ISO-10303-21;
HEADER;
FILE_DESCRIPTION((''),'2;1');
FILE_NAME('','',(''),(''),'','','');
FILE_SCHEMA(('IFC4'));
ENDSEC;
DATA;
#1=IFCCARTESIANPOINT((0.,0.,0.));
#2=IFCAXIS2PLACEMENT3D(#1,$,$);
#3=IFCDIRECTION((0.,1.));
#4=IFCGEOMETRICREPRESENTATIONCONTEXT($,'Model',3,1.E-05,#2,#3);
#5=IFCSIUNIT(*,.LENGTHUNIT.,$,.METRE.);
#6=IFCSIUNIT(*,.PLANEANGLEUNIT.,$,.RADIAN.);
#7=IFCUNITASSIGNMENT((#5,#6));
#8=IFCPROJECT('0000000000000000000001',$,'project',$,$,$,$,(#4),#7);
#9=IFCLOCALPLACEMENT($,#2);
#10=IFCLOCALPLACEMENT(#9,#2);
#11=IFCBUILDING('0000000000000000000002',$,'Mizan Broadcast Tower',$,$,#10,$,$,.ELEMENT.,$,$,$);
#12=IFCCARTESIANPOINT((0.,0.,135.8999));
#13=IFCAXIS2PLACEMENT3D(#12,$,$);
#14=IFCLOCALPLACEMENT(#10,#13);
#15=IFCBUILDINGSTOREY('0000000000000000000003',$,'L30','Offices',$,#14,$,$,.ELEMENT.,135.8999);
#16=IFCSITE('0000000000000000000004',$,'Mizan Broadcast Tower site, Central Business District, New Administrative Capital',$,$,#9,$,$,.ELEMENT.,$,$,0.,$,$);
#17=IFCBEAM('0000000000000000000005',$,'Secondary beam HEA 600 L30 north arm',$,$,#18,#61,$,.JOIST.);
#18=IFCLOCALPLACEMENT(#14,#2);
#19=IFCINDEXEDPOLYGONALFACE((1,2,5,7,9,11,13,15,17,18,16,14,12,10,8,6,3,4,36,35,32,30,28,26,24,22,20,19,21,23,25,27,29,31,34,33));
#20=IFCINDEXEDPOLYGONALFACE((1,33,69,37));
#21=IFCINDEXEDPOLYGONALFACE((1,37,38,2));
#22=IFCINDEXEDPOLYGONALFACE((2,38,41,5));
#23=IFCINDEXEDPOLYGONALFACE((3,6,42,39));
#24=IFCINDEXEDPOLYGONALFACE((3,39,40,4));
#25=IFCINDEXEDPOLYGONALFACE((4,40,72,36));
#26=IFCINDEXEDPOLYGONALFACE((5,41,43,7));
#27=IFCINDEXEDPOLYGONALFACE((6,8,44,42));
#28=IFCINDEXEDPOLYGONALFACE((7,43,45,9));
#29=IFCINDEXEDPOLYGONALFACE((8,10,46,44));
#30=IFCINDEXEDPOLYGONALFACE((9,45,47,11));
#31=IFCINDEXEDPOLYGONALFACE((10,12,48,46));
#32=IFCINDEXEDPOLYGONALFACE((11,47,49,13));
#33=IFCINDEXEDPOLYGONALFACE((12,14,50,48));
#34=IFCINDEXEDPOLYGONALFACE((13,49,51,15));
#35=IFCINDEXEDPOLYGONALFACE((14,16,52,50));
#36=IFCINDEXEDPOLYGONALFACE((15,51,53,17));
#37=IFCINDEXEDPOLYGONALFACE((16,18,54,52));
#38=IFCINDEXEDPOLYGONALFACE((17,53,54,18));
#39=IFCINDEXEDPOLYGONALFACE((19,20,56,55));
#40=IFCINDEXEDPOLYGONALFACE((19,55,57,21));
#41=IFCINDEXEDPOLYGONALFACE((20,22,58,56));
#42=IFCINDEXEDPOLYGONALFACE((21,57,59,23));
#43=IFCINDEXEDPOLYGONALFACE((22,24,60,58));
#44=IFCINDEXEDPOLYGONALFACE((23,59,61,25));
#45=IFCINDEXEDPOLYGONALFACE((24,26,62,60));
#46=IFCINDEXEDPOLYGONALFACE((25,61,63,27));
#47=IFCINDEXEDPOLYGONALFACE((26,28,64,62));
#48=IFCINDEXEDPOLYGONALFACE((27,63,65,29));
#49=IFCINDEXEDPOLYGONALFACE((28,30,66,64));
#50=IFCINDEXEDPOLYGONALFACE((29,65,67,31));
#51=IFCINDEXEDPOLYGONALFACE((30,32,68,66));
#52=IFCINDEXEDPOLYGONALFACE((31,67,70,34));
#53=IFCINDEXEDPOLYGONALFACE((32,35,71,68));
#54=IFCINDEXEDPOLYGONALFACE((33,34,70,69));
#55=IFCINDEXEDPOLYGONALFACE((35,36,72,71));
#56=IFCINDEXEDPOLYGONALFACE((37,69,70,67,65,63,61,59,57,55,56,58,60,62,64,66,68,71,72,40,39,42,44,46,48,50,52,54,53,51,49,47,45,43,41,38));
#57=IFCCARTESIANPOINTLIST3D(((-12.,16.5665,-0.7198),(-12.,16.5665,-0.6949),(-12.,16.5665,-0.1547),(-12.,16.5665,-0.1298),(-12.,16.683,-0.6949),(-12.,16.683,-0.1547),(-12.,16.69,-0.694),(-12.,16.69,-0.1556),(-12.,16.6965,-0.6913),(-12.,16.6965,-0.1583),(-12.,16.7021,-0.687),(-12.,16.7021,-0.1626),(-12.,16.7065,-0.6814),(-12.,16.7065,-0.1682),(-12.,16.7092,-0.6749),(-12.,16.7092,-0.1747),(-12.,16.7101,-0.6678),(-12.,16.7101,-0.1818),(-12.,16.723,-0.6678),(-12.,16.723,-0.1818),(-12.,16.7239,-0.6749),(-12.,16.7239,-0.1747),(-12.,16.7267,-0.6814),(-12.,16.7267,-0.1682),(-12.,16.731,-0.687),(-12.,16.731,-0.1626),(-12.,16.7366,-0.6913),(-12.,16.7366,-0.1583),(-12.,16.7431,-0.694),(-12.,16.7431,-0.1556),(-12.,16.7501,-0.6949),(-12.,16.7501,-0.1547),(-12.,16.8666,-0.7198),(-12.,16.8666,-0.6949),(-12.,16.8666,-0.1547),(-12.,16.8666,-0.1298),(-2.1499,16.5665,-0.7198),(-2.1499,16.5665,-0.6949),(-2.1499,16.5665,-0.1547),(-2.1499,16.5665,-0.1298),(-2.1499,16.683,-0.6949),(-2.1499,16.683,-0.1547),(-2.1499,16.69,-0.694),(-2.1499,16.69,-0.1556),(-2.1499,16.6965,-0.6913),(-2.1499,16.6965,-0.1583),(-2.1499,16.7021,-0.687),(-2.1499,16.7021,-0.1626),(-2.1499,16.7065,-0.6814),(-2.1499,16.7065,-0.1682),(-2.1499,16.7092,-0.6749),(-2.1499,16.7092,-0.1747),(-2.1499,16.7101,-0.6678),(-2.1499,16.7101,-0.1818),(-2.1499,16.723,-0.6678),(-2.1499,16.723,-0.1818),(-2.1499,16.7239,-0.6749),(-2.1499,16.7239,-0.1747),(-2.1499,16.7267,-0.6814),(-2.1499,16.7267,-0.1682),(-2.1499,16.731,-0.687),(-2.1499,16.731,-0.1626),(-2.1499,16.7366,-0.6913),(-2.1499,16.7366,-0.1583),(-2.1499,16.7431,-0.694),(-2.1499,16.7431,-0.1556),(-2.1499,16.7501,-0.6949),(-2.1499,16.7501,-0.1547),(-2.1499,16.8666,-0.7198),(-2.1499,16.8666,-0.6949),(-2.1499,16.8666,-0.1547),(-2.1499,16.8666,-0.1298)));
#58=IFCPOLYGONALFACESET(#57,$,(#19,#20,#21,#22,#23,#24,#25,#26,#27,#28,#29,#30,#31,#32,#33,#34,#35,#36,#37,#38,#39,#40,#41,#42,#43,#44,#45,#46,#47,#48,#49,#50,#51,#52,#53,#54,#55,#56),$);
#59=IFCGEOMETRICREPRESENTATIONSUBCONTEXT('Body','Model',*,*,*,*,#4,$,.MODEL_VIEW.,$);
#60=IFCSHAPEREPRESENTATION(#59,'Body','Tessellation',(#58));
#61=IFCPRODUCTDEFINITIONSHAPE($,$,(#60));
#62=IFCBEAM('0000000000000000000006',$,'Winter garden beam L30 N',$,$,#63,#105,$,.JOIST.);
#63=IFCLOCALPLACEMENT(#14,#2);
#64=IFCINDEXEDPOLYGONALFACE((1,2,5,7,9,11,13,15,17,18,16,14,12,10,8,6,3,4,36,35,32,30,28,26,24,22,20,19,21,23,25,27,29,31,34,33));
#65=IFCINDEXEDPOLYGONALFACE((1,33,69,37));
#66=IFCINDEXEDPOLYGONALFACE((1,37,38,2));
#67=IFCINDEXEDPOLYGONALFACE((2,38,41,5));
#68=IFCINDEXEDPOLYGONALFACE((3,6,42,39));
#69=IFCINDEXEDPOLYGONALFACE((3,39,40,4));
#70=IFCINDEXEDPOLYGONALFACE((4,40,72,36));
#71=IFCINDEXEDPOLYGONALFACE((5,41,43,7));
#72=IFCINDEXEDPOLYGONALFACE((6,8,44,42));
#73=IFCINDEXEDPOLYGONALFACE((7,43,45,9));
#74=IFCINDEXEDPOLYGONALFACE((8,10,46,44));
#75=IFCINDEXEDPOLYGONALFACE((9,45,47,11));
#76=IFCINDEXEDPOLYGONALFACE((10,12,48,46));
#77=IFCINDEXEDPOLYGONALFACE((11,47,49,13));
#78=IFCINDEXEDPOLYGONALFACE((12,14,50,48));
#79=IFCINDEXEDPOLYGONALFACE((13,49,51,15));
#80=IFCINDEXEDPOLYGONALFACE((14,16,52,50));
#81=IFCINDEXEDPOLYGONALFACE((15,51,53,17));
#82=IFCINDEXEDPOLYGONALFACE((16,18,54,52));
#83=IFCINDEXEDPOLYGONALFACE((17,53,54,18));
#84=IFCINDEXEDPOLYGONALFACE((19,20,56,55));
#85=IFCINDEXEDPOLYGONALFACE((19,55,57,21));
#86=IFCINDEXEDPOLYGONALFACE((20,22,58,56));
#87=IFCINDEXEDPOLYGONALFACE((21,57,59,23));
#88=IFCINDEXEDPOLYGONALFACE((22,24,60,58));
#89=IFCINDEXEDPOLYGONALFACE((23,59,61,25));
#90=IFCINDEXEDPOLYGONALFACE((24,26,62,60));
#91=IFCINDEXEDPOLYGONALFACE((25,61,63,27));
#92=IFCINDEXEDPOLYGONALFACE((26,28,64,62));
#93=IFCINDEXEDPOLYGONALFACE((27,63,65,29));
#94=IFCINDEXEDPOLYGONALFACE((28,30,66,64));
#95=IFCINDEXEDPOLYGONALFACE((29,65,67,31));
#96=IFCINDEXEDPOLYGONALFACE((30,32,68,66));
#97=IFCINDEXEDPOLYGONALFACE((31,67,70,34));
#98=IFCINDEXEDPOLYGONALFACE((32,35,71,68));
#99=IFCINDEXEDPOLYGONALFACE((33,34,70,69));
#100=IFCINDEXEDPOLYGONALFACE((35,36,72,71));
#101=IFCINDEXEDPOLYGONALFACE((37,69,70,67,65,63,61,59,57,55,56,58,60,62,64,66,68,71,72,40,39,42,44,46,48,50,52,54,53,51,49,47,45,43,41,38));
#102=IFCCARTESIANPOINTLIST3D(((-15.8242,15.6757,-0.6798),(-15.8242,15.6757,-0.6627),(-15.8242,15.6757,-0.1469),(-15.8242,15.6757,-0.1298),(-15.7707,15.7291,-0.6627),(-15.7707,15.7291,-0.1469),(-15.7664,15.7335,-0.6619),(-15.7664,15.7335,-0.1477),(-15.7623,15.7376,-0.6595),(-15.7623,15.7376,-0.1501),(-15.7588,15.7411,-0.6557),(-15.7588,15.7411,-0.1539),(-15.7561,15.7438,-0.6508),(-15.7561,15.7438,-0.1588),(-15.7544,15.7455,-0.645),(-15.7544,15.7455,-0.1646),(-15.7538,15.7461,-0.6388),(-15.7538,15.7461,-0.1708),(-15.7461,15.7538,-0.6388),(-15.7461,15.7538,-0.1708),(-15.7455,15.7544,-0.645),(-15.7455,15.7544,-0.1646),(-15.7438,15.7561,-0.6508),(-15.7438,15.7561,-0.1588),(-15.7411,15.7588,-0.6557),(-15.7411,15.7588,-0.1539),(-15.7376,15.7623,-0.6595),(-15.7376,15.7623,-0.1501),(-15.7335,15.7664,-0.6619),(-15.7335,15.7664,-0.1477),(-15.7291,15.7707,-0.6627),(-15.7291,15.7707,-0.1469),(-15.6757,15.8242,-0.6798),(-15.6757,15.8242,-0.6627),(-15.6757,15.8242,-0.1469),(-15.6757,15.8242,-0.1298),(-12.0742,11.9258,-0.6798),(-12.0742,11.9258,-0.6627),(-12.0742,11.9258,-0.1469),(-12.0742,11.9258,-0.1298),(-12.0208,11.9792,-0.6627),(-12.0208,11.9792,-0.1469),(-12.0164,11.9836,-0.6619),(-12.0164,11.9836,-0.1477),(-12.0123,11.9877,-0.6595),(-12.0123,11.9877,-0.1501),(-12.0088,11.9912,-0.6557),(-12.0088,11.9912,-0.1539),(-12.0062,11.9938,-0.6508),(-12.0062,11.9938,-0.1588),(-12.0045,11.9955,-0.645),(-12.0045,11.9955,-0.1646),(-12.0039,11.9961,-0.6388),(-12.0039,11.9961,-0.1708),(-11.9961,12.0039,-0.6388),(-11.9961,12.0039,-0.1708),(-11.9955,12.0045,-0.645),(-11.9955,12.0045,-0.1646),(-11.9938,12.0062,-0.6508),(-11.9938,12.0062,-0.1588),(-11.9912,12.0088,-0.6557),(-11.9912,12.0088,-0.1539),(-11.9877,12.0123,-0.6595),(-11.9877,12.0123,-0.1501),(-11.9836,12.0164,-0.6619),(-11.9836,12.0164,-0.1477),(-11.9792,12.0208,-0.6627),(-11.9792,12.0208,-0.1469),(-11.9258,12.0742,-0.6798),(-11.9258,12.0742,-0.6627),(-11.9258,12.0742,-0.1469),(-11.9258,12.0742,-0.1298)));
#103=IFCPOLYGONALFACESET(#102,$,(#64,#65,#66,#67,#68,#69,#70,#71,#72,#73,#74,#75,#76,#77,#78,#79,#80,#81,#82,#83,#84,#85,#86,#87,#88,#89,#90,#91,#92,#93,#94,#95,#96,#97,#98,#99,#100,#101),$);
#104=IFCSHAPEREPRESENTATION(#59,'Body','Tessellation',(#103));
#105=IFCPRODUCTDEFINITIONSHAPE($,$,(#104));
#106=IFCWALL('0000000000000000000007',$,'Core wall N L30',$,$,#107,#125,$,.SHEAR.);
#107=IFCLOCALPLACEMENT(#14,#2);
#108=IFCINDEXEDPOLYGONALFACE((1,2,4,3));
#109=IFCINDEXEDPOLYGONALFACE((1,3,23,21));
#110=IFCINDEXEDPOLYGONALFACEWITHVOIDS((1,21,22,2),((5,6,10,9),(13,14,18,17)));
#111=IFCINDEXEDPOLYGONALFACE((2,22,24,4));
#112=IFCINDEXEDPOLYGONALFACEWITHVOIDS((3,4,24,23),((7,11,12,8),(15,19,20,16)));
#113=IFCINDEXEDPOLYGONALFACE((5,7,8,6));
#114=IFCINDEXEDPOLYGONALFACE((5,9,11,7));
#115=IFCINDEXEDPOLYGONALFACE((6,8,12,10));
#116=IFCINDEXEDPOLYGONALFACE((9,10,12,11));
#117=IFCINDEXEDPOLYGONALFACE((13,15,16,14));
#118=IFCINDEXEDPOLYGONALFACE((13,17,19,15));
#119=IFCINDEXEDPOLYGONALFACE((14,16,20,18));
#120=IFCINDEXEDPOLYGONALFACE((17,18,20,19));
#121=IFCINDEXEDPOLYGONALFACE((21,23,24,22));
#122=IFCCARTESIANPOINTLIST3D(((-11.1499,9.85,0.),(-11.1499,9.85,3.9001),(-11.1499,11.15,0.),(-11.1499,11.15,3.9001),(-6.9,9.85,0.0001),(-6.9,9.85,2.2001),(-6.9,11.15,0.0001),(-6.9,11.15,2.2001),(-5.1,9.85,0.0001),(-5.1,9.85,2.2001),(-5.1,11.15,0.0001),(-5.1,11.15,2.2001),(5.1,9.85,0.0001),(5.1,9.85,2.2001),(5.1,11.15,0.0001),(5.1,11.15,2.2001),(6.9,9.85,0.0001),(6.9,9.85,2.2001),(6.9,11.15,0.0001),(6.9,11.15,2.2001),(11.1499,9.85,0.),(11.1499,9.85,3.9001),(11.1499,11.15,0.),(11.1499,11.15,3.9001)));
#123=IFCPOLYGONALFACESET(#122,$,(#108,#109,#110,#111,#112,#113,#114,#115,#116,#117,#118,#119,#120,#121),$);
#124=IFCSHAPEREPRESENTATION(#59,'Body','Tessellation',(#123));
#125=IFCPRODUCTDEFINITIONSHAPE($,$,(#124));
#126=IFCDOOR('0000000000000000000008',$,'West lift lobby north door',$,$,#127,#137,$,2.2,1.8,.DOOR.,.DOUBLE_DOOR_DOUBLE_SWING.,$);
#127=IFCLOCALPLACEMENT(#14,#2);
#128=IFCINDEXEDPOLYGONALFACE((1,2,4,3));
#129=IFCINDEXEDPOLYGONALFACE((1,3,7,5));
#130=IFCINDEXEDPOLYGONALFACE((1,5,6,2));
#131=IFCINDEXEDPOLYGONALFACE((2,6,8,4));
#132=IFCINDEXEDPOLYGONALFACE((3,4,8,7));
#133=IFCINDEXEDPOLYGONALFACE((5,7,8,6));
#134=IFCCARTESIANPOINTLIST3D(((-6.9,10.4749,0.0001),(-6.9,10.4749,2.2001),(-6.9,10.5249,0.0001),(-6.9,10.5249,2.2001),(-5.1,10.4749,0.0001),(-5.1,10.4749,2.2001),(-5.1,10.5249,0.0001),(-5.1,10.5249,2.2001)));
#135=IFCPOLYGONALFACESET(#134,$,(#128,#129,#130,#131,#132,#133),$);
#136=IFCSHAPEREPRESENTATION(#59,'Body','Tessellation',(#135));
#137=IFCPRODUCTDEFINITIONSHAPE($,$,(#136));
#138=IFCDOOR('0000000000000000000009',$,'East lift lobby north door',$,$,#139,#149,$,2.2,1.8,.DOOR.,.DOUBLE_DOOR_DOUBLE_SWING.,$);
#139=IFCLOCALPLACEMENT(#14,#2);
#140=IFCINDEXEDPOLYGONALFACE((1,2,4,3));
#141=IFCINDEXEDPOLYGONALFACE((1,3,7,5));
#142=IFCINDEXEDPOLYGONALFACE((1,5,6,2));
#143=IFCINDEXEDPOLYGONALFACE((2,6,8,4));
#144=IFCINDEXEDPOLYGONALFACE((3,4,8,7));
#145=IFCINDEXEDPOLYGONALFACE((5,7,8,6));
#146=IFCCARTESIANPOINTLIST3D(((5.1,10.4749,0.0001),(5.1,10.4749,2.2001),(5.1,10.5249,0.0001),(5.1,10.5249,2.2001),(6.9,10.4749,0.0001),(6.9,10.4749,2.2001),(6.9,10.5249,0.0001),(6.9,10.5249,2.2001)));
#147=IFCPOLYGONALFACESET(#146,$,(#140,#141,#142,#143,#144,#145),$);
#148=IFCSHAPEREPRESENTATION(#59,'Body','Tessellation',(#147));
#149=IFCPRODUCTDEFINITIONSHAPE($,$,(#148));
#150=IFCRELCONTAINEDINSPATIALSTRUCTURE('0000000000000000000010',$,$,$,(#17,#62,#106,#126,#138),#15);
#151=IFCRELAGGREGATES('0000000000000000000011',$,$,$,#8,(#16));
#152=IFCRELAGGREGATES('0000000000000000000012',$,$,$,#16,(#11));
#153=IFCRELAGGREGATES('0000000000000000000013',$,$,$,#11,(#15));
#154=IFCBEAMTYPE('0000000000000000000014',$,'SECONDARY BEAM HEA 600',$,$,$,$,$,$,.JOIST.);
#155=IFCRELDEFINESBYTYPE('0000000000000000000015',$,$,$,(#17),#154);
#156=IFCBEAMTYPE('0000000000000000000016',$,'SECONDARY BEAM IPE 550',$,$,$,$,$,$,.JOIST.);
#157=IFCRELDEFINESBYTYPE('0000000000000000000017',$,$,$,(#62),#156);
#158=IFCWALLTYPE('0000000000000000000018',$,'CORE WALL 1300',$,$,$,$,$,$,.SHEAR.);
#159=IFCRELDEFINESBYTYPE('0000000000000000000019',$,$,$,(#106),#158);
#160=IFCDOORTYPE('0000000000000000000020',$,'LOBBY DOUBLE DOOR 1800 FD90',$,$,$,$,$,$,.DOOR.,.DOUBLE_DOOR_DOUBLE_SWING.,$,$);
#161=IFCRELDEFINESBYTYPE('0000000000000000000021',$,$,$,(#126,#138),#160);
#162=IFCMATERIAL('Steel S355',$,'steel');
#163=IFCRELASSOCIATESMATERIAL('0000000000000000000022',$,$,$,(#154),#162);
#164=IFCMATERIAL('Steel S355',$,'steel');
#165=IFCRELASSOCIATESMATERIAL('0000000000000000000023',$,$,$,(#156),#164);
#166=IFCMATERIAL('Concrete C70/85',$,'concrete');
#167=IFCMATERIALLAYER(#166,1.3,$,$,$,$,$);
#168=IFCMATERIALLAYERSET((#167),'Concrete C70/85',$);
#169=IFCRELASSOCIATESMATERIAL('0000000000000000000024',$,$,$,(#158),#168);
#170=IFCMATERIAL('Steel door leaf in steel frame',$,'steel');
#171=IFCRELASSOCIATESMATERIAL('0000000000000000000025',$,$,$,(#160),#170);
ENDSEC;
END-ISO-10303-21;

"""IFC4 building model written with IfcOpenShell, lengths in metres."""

from ifc_helpers import new_model, si_unit, direction, frame, frame_2d, origin, origin_2d, place, context, subcontext, project, spatial, rectangle, i_section, extrude, material, layer, layer_set, material_profile, profile_set, type_object, element, fill, save


model = new_model("IFC4")

# Units and contexts
model_context = context("Model", 3, precision=1e-05, world=origin(), true_north=direction((0.0, 1.0)))
body_context = subcontext(model_context, "Body", "Model", "MODEL_VIEW")
ifc_project = project(units=[si_unit("LENGTHUNIT", "METRE"), si_unit("PLANEANGLEUNIT", "RADIAN")], contexts=[model_context])

# Site, building, storey
site_placement = place(None, origin())
site = spatial("IfcSite", under=ifc_project, at=site_placement, Name="Mizan Broadcast Tower site, Central Business District, New Administrative Capital", CompositionType="ELEMENT", RefElevation=0.0)
building_placement = place(site_placement, origin())
building = spatial("IfcBuilding", under=site, at=building_placement, Name="Mizan Broadcast Tower", CompositionType="ELEMENT")
storey_placement = place(building_placement, frame((0.0, 0.0, 135.8999)))
storey = spatial("IfcBuildingStorey", under=building, at=storey_placement, Name="L30", Description="Offices", CompositionType="ELEMENT", Elevation=135.8999)

# Beams
ifc_material_1 = material(Name="Steel S355", Category="steel")
ifc_material_profile_1 = material_profile(ifc_material_1, i_section(OverallWidth=0.3, OverallDepth=0.5901, WebThickness=0.0129, FlangeThickness=0.0249, FilletRadius=0.0271, at=origin_2d()), Name="HEA 600")
ifc_profile_set_1 = profile_set([ifc_material_profile_1], Name="Steel S355")
beam_type_1 = type_object("IfcBeamType", Name="SECONDARY BEAM HEA 600", PredefinedType="JOIST", material=ifc_profile_set_1)
for number, where, z_axis, x_axis, name in (
    (1, (-12.0, 16.7166, -0.4248), (1.0, 0.0, 0.0), (0.0, 1.0, 0.0), "Secondary beam HEA 600 L30 north arm"),
):
    element("IfcBeam", number, at=place(storey_placement, frame(where, z_axis=z_axis, x_axis=x_axis)), inside=storey, type_object=beam_type_1, Name=name, PredefinedType="JOIST", context=body_context, shape_type="SweptSolid", body=[
        extrude(i_section(OverallWidth=0.3, OverallDepth=0.5901, WebThickness=0.0129, FlangeThickness=0.0249, FilletRadius=0.0271, at=origin_2d()), origin(), (0.0, 0.0, 1.0), 9.8501),
    ])
ifc_material_2 = material(Name="Steel S355", Category="steel")
ifc_material_profile_2 = material_profile(ifc_material_2, i_section(OverallWidth=0.21, OverallDepth=0.55, WebThickness=0.011, FlangeThickness=0.0171, FilletRadius=0.0239, at=origin_2d()), Name="IPE 550")
ifc_profile_set_2 = profile_set([ifc_material_profile_2], Name="Steel S355")
beam_type_2 = type_object("IfcBeamType", Name="SECONDARY BEAM IPE 550", PredefinedType="JOIST", material=ifc_profile_set_2)
beam_1_placement = place(storey_placement, frame((-12.0, 12.0, -0.4048), z_axis=(-0.707107, 0.707107, 0.0), x_axis=(-0.707107, -0.707107, 0.0)))
element("IfcBeam", 2, at=beam_1_placement, inside=storey, type_object=beam_type_2, Name="Winter garden beam L30 N", PredefinedType="JOIST", context=body_context, shape_type="SweptSolid", body=[
    extrude(i_section(OverallWidth=0.21, OverallDepth=0.55, WebThickness=0.011, FlangeThickness=0.0171, FilletRadius=0.0239, at=origin_2d()), origin(), (0.0, 0.0, 1.0), 5.3032),
])

# Wall, openings, doors
ifc_material_3 = material(Name="Concrete C70/85", Category="concrete")
ifc_layer_1 = layer(ifc_material_3, 1.3)
ifc_layer_set_1 = layer_set([ifc_layer_1], Name="Concrete C70/85")
wall_type_1 = type_object("IfcWallType", Name="CORE WALL 1300", PredefinedType="SHEAR", material=ifc_layer_set_1)
wall_1_placement = place(storey_placement, frame((-11.1499, 10.5, 0.0), z_axis=(0.0, 0.0, 1.0), x_axis=(1.0, 0.0, 0.0)))
wall_1 = element("IfcWall", 3, at=wall_1_placement, inside=storey, type_object=wall_type_1, Name="Core wall N L30", PredefinedType="SHEAR", context=body_context, shape_type="SweptSolid", body=[
    extrude(rectangle(XDim=22.2998, YDim=1.3, at=frame_2d((11.1499, 0.0))), origin(), (0.0, 0.0, 1.0), 3.9001),
])
opening_1_placement = place(wall_1_placement, frame((4.25, 0.0, 0.0)))
opening_1 = element("IfcOpeningElement", 4, at=opening_1_placement, cuts=wall_1, PredefinedType="OPENING", context=body_context, shape_type="SweptSolid", body=[
    extrude(rectangle(XDim=1.8, YDim=2.2, at=frame_2d((0.8999, 1.1001))), frame((0.0, 0.6599, 0.0), z_axis=(0.0, -1.0, 0.0), x_axis=(1.0, 0.0, 0.0)), (0.0, 0.0, 1.0), 1.3201),
])
opening_2_placement = place(wall_1_placement, frame((16.25, 0.0, 0.0)))
opening_2 = element("IfcOpeningElement", 5, at=opening_2_placement, cuts=wall_1, PredefinedType="OPENING", context=body_context, shape_type="SweptSolid", body=[
    extrude(rectangle(XDim=1.8, YDim=2.2, at=frame_2d((0.8999, 1.1001))), frame((0.0, 0.6599, 0.0), z_axis=(0.0, -1.0, 0.0), x_axis=(1.0, 0.0, 0.0)), (0.0, 0.0, 1.0), 1.3201),
])
ifc_material_4 = material(Name="Steel door leaf in steel frame", Category="steel")
door_type_1 = type_object("IfcDoorType", Name="LOBBY DOUBLE DOOR 1800 FD90", OperationType="DOUBLE_DOOR_DOUBLE_SWING", PredefinedType="DOOR", material=ifc_material_4)
door_1_placement = place(opening_1_placement, origin())
door_1 = element("IfcDoor", 6, at=door_1_placement, inside=storey, type_object=door_type_1, Name="West lift lobby north door", OperationType="DOUBLE_DOOR_DOUBLE_SWING", OverallHeight=2.2, OverallWidth=1.8, PredefinedType="DOOR", context=body_context, shape_type="SweptSolid", body=[
    extrude(rectangle(XDim=1.8, YDim=2.2, at=frame_2d((0.8999, 1.1001))), frame((0.0, 0.0249, 0.0), z_axis=(0.0, -1.0, 0.0), x_axis=(1.0, 0.0, 0.0)), (0.0, 0.0, 1.0), 0.05),
])
fill(opening_1, door_1)
door_2_placement = place(opening_2_placement, origin())
door_2 = element("IfcDoor", 7, at=door_2_placement, inside=storey, type_object=door_type_1, Name="East lift lobby north door", OperationType="DOUBLE_DOOR_DOUBLE_SWING", OverallHeight=2.2, OverallWidth=1.8, PredefinedType="DOOR", context=body_context, shape_type="SweptSolid", body=[
    extrude(rectangle(XDim=1.8, YDim=2.2, at=frame_2d((0.8999, 1.1001))), frame((0.0, 0.0249, 0.0), z_axis=(0.0, -1.0, 0.0), x_axis=(1.0, 0.0, 0.0)), (0.0, 0.0, 1.0), 0.05),
])
fill(opening_2, door_2)

save(model, "model.ifc")
